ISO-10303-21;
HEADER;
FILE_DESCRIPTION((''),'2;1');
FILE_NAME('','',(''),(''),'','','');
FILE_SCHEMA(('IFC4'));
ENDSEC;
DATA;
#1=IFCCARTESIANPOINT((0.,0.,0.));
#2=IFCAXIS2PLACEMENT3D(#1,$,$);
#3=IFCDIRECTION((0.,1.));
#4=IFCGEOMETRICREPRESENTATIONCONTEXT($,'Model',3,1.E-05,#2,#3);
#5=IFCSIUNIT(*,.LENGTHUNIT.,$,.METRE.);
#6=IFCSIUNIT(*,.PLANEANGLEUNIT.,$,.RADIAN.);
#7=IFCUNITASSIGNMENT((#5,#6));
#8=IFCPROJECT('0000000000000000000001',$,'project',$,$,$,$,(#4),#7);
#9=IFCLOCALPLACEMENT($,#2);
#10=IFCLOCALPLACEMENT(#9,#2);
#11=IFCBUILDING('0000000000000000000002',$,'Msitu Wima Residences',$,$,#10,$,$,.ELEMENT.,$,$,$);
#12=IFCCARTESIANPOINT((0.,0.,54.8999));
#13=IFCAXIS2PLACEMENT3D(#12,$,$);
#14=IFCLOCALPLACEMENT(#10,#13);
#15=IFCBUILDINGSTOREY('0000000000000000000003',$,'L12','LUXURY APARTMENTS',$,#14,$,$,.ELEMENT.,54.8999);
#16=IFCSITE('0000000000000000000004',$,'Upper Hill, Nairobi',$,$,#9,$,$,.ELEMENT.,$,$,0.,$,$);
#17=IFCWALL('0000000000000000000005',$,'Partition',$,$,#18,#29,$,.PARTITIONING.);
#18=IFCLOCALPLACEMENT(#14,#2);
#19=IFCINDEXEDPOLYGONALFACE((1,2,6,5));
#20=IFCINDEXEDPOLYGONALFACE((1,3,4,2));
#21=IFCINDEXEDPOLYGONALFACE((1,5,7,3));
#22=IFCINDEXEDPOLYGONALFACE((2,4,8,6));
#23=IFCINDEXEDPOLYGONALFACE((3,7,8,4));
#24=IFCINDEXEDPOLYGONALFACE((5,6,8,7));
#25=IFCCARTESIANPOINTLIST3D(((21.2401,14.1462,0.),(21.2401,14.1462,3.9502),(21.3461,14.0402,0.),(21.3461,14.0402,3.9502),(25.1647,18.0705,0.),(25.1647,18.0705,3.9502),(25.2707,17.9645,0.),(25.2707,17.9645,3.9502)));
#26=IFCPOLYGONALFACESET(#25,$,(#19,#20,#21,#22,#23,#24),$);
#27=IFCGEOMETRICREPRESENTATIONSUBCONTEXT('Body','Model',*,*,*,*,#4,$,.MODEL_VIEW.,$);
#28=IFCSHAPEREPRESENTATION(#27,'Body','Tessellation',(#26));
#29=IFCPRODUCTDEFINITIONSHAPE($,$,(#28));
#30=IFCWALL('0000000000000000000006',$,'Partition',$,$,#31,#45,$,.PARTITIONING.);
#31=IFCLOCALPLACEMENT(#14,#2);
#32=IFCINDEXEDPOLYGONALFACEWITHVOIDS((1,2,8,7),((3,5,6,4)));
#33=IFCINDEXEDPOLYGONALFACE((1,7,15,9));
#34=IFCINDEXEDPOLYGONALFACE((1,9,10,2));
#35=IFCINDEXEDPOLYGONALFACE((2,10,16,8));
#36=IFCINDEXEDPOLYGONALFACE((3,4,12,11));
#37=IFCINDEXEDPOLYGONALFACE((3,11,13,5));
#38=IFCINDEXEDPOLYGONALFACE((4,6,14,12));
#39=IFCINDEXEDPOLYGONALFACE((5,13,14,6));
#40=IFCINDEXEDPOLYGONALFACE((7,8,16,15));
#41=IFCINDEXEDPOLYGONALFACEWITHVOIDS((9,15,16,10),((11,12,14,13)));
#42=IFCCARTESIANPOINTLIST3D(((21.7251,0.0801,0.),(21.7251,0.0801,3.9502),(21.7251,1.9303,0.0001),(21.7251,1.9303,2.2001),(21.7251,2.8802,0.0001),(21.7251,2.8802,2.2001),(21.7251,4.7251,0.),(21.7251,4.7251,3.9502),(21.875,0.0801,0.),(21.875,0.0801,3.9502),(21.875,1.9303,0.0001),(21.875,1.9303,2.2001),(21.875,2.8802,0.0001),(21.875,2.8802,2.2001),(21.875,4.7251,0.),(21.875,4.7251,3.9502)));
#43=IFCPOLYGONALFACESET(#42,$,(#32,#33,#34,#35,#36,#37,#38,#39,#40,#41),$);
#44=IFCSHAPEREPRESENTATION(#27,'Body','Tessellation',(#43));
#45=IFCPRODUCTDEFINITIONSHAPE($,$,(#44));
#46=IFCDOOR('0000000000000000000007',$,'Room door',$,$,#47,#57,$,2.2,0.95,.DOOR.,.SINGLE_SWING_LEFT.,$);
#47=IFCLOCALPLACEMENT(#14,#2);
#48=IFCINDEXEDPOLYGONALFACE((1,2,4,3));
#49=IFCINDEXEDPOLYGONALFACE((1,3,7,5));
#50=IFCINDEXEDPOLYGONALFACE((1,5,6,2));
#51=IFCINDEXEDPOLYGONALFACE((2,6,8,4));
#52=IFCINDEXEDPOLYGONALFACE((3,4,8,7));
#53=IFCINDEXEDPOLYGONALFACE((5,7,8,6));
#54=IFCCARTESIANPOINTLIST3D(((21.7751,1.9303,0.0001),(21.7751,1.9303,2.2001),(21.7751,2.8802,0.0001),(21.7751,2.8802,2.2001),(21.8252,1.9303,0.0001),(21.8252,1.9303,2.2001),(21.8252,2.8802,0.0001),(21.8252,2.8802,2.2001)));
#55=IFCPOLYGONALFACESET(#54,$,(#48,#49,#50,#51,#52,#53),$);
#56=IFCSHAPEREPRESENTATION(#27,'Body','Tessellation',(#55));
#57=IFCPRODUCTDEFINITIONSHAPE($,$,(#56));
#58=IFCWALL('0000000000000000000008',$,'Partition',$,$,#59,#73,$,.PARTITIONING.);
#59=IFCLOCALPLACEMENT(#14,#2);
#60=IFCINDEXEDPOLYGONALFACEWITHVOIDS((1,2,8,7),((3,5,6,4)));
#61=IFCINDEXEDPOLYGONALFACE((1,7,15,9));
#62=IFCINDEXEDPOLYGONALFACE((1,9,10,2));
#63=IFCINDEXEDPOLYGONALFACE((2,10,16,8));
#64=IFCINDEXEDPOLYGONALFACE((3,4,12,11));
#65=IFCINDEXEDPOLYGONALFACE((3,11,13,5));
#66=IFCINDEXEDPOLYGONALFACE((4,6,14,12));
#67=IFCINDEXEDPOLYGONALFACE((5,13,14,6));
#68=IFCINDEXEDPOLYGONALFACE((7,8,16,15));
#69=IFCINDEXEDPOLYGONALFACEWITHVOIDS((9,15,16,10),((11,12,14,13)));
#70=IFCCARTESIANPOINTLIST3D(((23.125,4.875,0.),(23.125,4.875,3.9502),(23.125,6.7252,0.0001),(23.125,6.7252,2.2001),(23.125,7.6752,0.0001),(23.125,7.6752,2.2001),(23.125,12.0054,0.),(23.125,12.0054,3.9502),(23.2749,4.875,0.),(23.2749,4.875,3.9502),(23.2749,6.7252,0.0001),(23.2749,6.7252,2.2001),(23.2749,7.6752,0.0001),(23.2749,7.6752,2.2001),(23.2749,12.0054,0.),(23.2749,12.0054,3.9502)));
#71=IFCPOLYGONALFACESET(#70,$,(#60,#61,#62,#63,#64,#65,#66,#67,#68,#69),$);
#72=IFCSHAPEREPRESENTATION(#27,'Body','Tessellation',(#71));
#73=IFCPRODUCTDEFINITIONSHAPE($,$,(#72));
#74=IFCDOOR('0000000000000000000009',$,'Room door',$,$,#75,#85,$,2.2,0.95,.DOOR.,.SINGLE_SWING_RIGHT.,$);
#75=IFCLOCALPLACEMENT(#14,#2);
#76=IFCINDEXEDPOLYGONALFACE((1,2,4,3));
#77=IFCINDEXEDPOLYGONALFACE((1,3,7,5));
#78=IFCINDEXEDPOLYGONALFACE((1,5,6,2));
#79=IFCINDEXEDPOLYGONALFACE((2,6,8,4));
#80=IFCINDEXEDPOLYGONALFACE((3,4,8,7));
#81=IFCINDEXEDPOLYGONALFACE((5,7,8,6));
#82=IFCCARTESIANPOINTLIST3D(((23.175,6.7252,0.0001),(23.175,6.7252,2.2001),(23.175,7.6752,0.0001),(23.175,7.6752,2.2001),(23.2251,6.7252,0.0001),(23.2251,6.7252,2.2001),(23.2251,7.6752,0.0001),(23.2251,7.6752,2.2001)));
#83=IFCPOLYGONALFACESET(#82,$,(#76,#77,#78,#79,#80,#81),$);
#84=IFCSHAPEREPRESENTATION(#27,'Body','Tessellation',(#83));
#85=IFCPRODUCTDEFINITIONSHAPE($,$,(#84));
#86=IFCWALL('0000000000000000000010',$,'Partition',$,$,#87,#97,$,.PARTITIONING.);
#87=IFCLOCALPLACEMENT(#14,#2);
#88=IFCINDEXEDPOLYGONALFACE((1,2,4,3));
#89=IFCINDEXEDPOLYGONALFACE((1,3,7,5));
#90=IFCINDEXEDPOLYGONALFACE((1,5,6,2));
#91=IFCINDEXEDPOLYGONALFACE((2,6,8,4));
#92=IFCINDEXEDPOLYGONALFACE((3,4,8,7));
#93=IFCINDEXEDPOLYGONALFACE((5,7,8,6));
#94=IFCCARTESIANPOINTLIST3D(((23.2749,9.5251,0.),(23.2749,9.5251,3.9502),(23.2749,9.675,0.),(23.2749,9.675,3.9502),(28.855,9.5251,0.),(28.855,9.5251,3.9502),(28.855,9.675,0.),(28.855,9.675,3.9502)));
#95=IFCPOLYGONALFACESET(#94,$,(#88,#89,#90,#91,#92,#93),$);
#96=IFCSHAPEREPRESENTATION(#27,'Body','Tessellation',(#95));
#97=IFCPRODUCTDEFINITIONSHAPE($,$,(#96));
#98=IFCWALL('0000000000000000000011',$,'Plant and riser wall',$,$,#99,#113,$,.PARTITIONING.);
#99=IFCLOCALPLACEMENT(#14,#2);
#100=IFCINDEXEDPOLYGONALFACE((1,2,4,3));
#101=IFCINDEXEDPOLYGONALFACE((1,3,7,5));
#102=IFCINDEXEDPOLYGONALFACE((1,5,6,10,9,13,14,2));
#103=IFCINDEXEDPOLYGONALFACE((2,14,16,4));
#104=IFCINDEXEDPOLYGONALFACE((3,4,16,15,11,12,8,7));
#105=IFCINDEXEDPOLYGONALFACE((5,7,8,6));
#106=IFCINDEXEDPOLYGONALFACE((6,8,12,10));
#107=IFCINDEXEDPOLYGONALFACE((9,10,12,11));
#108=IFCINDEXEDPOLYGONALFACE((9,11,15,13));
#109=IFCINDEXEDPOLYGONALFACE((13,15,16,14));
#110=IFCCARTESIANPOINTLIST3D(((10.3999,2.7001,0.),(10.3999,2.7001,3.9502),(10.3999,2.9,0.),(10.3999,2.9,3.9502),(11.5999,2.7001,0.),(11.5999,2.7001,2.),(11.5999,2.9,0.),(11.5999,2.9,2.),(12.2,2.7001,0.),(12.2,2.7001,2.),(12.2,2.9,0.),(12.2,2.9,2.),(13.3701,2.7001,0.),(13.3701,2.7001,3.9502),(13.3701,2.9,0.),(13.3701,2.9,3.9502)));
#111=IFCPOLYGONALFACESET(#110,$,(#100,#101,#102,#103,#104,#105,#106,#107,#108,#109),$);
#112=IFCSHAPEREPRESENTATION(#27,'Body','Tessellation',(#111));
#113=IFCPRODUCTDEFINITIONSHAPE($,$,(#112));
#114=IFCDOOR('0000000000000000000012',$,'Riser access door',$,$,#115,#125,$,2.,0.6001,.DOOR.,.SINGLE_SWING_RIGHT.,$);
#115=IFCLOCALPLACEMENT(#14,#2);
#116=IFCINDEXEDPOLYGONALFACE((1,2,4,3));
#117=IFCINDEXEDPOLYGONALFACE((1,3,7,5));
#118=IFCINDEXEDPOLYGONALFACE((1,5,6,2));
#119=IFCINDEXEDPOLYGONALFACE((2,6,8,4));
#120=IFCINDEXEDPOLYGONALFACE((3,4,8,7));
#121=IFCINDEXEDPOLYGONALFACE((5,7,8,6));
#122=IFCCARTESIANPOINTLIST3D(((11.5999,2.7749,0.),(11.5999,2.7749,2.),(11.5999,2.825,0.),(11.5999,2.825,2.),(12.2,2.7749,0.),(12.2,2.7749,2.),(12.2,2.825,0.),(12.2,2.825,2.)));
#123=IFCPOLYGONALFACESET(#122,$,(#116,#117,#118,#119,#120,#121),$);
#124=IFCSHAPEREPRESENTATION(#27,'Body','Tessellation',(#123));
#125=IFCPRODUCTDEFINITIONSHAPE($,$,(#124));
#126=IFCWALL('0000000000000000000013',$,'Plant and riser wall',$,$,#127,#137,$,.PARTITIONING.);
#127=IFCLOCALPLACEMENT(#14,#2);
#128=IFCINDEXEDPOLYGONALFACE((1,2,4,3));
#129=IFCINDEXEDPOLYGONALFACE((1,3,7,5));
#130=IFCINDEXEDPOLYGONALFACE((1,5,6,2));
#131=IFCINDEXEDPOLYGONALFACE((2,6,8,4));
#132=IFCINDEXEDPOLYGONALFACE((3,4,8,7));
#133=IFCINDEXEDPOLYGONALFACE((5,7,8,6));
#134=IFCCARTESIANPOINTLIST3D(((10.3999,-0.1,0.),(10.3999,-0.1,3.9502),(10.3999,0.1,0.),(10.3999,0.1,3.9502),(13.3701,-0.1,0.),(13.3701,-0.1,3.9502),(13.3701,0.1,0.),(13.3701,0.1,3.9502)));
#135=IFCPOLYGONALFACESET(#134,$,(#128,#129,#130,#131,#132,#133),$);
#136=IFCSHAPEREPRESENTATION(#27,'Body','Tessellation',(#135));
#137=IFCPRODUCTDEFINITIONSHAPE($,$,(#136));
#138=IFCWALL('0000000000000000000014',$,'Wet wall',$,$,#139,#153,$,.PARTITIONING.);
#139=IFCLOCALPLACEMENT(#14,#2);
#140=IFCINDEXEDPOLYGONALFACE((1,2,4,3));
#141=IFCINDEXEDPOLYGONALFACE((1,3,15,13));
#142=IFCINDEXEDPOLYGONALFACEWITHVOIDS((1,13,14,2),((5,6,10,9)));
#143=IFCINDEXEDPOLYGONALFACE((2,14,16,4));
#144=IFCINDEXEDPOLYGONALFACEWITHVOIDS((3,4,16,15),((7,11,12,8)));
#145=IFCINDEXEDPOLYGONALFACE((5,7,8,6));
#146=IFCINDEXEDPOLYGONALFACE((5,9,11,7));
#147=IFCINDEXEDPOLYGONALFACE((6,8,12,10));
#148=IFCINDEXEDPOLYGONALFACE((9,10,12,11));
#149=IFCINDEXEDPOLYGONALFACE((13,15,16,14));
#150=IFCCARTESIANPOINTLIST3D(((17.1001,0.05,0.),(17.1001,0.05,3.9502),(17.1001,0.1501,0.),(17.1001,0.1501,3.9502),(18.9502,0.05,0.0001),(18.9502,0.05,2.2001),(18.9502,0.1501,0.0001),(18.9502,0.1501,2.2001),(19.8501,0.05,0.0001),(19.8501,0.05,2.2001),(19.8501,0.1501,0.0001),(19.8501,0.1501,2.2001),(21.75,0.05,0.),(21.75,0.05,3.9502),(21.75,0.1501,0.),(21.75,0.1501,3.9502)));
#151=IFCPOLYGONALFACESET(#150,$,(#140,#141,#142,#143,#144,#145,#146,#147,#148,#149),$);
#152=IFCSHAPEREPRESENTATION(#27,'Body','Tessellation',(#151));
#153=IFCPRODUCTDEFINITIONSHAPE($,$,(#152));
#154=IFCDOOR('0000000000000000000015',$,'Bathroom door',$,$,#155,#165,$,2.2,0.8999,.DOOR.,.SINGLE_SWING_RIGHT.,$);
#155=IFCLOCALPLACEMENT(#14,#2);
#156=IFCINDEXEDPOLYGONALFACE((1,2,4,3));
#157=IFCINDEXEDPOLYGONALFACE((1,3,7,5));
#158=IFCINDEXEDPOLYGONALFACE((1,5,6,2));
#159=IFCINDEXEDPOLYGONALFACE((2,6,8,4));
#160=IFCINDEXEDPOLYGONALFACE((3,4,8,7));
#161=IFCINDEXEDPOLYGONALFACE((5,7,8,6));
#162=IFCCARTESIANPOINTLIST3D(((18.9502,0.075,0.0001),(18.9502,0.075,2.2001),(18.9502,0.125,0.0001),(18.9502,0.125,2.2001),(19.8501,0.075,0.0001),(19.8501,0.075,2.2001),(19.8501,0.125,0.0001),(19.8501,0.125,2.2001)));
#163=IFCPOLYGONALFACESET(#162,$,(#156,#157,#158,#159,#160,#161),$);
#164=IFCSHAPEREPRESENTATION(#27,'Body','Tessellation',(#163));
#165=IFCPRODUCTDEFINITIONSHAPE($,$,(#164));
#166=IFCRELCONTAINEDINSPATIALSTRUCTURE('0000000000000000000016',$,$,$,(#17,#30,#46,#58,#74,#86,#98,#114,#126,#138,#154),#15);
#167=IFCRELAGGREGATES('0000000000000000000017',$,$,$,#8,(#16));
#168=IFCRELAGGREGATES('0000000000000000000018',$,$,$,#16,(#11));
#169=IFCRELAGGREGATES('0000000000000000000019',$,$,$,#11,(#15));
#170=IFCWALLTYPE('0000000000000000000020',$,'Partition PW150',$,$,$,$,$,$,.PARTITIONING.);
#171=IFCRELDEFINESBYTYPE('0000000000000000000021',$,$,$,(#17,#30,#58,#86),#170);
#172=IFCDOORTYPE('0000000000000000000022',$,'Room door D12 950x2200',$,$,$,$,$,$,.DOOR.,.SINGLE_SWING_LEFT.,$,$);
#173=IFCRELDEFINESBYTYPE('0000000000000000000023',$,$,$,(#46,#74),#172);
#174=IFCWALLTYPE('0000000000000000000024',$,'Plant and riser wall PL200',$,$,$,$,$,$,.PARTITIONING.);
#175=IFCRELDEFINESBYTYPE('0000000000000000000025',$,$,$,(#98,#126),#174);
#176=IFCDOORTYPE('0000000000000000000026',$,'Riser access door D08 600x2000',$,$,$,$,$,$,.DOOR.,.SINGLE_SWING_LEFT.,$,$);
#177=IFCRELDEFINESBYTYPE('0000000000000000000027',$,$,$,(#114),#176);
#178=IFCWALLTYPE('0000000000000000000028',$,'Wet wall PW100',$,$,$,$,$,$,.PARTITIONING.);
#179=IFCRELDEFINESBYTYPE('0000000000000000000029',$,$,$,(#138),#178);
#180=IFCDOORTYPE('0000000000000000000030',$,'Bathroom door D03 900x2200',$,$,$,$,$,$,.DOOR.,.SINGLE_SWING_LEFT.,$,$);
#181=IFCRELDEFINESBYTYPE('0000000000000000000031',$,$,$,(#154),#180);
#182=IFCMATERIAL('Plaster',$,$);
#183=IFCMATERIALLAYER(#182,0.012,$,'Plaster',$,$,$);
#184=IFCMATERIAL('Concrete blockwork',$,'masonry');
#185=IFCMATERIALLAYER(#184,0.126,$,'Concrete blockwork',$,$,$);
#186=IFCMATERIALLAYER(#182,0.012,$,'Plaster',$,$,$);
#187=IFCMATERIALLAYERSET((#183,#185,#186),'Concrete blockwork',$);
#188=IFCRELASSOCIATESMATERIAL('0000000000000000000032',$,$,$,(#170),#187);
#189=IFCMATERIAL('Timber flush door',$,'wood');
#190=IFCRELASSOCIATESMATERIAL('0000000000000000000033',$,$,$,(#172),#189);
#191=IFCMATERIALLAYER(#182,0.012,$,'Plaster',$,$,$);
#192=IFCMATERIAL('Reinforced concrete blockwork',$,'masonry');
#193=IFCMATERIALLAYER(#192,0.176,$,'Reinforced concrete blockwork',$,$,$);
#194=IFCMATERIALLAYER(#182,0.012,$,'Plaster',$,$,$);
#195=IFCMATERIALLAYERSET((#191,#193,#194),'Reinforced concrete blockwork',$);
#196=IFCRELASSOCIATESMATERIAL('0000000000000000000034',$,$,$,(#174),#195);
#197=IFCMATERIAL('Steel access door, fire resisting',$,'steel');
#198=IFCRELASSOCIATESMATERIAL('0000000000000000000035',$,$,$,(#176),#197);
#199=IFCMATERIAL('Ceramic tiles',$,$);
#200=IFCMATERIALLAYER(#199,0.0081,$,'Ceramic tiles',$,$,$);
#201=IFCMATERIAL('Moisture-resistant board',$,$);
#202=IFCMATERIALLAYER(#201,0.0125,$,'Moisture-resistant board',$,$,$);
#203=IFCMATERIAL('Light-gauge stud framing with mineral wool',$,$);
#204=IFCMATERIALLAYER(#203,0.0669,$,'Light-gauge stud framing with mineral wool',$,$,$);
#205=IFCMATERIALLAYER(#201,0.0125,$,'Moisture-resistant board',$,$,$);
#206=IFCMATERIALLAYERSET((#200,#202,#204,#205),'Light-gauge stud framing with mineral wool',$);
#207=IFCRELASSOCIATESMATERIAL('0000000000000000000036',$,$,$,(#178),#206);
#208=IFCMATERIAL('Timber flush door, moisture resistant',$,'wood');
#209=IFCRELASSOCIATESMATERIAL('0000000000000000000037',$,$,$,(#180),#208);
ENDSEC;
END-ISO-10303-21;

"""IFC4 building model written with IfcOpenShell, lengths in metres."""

from ifc_helpers import new_model, si_unit, direction, frame, frame_2d, origin, place, context, subcontext, project, spatial, rectangle, extrude, material, layer, layer_set, type_object, element, fill, save


model = new_model("IFC4")

# Units and contexts
model_context = context("Model", 3, precision=1e-05, world=origin(), true_north=direction((0.0, 1.0)))
body_context = subcontext(model_context, "Body", "Model", "MODEL_VIEW")
ifc_project = project(units=[si_unit("LENGTHUNIT", "METRE"), si_unit("PLANEANGLEUNIT", "RADIAN")], contexts=[model_context])

# Site, building, storey
site_placement = place(None, origin())
site = spatial("IfcSite", under=ifc_project, at=site_placement, Name="Upper Hill, Nairobi", CompositionType="ELEMENT", RefElevation=0.0)
building_placement = place(site_placement, origin())
building = spatial("IfcBuilding", under=site, at=building_placement, Name="Msitu Wima Residences", CompositionType="ELEMENT")
storey_placement = place(building_placement, frame((0.0, 0.0, 54.8999)))
storey = spatial("IfcBuildingStorey", under=building, at=storey_placement, Name="L12", Description="LUXURY APARTMENTS", CompositionType="ELEMENT", Elevation=54.8999)

# Shared definitions
ifc_material_1 = material(Name="Plaster")
ifc_layer_1 = layer(ifc_material_1, 0.012, Name="Plaster")
ifc_material_2 = material(Name="Concrete blockwork", Category="masonry")
ifc_layer_2 = layer(ifc_material_2, 0.126, Name="Concrete blockwork")
ifc_layer_3 = layer(ifc_material_1, 0.012, Name="Plaster")
ifc_layer_set_1 = layer_set([ifc_layer_1, ifc_layer_2, ifc_layer_3], Name="Concrete blockwork")
wall_type_1 = type_object("IfcWallType", Name="Partition PW150", PredefinedType="PARTITIONING", material=ifc_layer_set_1)
ifc_material_3 = material(Name="Timber flush door", Category="wood")
door_type_1 = type_object("IfcDoorType", Name="Room door D12 950x2200", OperationType="SINGLE_SWING_LEFT", PredefinedType="DOOR", material=ifc_material_3)

# Wall
wall_1_placement = place(storey_placement, frame((21.2932, 14.0933, 0.0), z_axis=(0.0, 0.0, 1.0), x_axis=(0.707129, 0.707085, 0.0)))
element("IfcWall", 1, at=wall_1_placement, inside=storey, type_object=wall_type_1, Name="Partition", PredefinedType="PARTITIONING", context=body_context, shape_type="SweptSolid", body=[
    extrude(rectangle(XDim=5.55, YDim=0.1499, at=frame_2d((2.7749, 0.0))), origin(), (0.0, 0.0, 1.0), 3.9502),
])

# Walls, openings, doors
wall_2_placement = place(storey_placement, frame((21.8, 0.0801, 0.0), z_axis=(0.0, 0.0, 1.0), x_axis=(0.0, 1.0, 0.0)))
wall_2 = element("IfcWall", 2, at=wall_2_placement, inside=storey, type_object=wall_type_1, Name="Partition", PredefinedType="PARTITIONING", context=body_context, shape_type="SweptSolid", body=[
    extrude(rectangle(XDim=4.645, YDim=0.1499, at=frame_2d((2.3225, 0.0))), origin(), (0.0, 0.0, 1.0), 3.9502),
])
opening_1_placement = place(wall_2_placement, frame((1.8501, 0.0, 0.0)))
opening_1 = element("IfcOpeningElement", 3, at=opening_1_placement, cuts=wall_2, PredefinedType="OPENING", context=body_context, shape_type="SweptSolid", body=[
    extrude(rectangle(XDim=0.95, YDim=2.2, at=frame_2d((0.4751, 1.1001))), frame((0.0, 0.085, 0.0), z_axis=(0.0, -1.0, 0.0), x_axis=(1.0, 0.0, 0.0)), (0.0, 0.0, 1.0), 0.1699),
])
door_1_placement = place(opening_1_placement, origin())
door_1 = element("IfcDoor", 4, at=door_1_placement, inside=storey, type_object=door_type_1, Name="Room door", OperationType="SINGLE_SWING_LEFT", OverallHeight=2.2, OverallWidth=0.95, PredefinedType="DOOR", context=body_context, shape_type="SweptSolid", body=[
    extrude(rectangle(XDim=0.95, YDim=2.2, at=frame_2d((0.4751, 1.1001))), frame((0.0, 0.0249, 0.0), z_axis=(0.0, -1.0, 0.0), x_axis=(1.0, 0.0, 0.0)), (0.0, 0.0, 1.0), 0.05),
])
fill(opening_1, door_1)
wall_3_placement = place(storey_placement, frame((23.2, 4.875, 0.0), z_axis=(0.0, 0.0, 1.0), x_axis=(0.0, 1.0, 0.0)))
wall_3 = element("IfcWall", 5, at=wall_3_placement, inside=storey, type_object=wall_type_1, Name="Partition", PredefinedType="PARTITIONING", context=body_context, shape_type="SweptSolid", body=[
    extrude(rectangle(XDim=7.1304, YDim=0.1499, at=frame_2d((3.5652, 0.0))), origin(), (0.0, 0.0, 1.0), 3.9502),
])
opening_2_placement = place(wall_3_placement, frame((1.8501, 0.0, 0.0)))
opening_2 = element("IfcOpeningElement", 6, at=opening_2_placement, cuts=wall_3, PredefinedType="OPENING", context=body_context, shape_type="SweptSolid", body=[
    extrude(rectangle(XDim=0.95, YDim=2.2, at=frame_2d((0.4751, 1.1001))), frame((0.0, 0.085, 0.0), z_axis=(0.0, -1.0, 0.0), x_axis=(1.0, 0.0, 0.0)), (0.0, 0.0, 1.0), 0.1699),
])
door_2_placement = place(opening_2_placement, origin())
door_2 = element("IfcDoor", 7, at=door_2_placement, inside=storey, type_object=door_type_1, Name="Room door", OperationType="SINGLE_SWING_RIGHT", OverallHeight=2.2, OverallWidth=0.95, PredefinedType="DOOR", context=body_context, shape_type="SweptSolid", body=[
    extrude(rectangle(XDim=0.95, YDim=2.2, at=frame_2d((0.4751, 1.1001))), frame((0.0, 0.0249, 0.0), z_axis=(0.0, -1.0, 0.0), x_axis=(1.0, 0.0, 0.0)), (0.0, 0.0, 1.0), 0.05),
])
fill(opening_2, door_2)

# Wall
wall_4_placement = place(storey_placement, frame((23.2749, 9.6001, 0.0), z_axis=(0.0, 0.0, 1.0), x_axis=(1.0, 0.0, 0.0)))
element("IfcWall", 8, at=wall_4_placement, inside=storey, type_object=wall_type_1, Name="Partition", PredefinedType="PARTITIONING", context=body_context, shape_type="SweptSolid", body=[
    extrude(rectangle(XDim=5.5801, YDim=0.1499, at=frame_2d((2.79, 0.0))), origin(), (0.0, 0.0, 1.0), 3.9502),
])

# Wall, opening, door
ifc_layer_4 = layer(ifc_material_1, 0.012, Name="Plaster")
ifc_material_4 = material(Name="Reinforced concrete blockwork", Category="masonry")
ifc_layer_5 = layer(ifc_material_4, 0.176, Name="Reinforced concrete blockwork")
ifc_layer_6 = layer(ifc_material_1, 0.012, Name="Plaster")
ifc_layer_set_2 = layer_set([ifc_layer_4, ifc_layer_5, ifc_layer_6], Name="Reinforced concrete blockwork")
wall_type_2 = type_object("IfcWallType", Name="Plant and riser wall PL200", PredefinedType="PARTITIONING", material=ifc_layer_set_2)
wall_5_placement = place(storey_placement, frame((10.3999, 2.8, 0.0), z_axis=(0.0, 0.0, 1.0), x_axis=(1.0, 0.0, 0.0)))
wall_5 = element("IfcWall", 9, at=wall_5_placement, inside=storey, type_object=wall_type_2, Name="Plant and riser wall", PredefinedType="PARTITIONING", context=body_context, shape_type="SweptSolid", body=[
    extrude(rectangle(XDim=2.9702, YDim=0.2, at=frame_2d((1.4851, 0.0))), origin(), (0.0, 0.0, 1.0), 3.9502),
])
opening_3_placement = place(wall_5_placement, frame((1.2, 0.0, 0.0)))
opening_3 = element("IfcOpeningElement", 10, at=opening_3_placement, cuts=wall_5, PredefinedType="OPENING", context=body_context, shape_type="SweptSolid", body=[
    extrude(rectangle(XDim=0.6001, YDim=2.0, at=frame_2d((0.3, 1.0))), frame((0.0, 0.1099, 0.0), z_axis=(0.0, -1.0, 0.0), x_axis=(1.0, 0.0, 0.0)), (0.0, 0.0, 1.0), 0.22),
])
ifc_material_5 = material(Name="Steel access door, fire resisting", Category="steel")
door_type_2 = type_object("IfcDoorType", Name="Riser access door D08 600x2000", OperationType="SINGLE_SWING_LEFT", PredefinedType="DOOR", material=ifc_material_5)
door_3_placement = place(opening_3_placement, origin())
door_3 = element("IfcDoor", 11, at=door_3_placement, inside=storey, type_object=door_type_2, Name="Riser access door", OperationType="SINGLE_SWING_RIGHT", OverallHeight=2.0, OverallWidth=0.6001, PredefinedType="DOOR", context=body_context, shape_type="SweptSolid", body=[
    extrude(rectangle(XDim=0.6001, YDim=2.0, at=frame_2d((0.3, 1.0))), frame((0.0, 0.0249, 0.0), z_axis=(0.0, -1.0, 0.0), x_axis=(1.0, 0.0, 0.0)), (0.0, 0.0, 1.0), 0.05),
])
fill(opening_3, door_3)

# Wall
wall_6_placement = place(storey_placement, frame((10.3999, 0.0, 0.0), z_axis=(0.0, 0.0, 1.0), x_axis=(1.0, 0.0, 0.0)))
element("IfcWall", 12, at=wall_6_placement, inside=storey, type_object=wall_type_2, Name="Plant and riser wall", PredefinedType="PARTITIONING", context=body_context, shape_type="SweptSolid", body=[
    extrude(rectangle(XDim=2.9702, YDim=0.2, at=frame_2d((1.4851, 0.0))), origin(), (0.0, 0.0, 1.0), 3.9502),
])

# Wall, opening, door
ifc_material_6 = material(Name="Ceramic tiles")
ifc_layer_7 = layer(ifc_material_6, 0.0081, Name="Ceramic tiles")
ifc_material_7 = material(Name="Moisture-resistant board")
ifc_layer_8 = layer(ifc_material_7, 0.0125, Name="Moisture-resistant board")
ifc_material_8 = material(Name="Light-gauge stud framing with mineral wool")
ifc_layer_9 = layer(ifc_material_8, 0.0669, Name="Light-gauge stud framing with mineral wool")
ifc_layer_10 = layer(ifc_material_7, 0.0125, Name="Moisture-resistant board")
ifc_layer_set_3 = layer_set([ifc_layer_7, ifc_layer_8, ifc_layer_9, ifc_layer_10], Name="Light-gauge stud framing with mineral wool")
wall_type_3 = type_object("IfcWallType", Name="Wet wall PW100", PredefinedType="PARTITIONING", material=ifc_layer_set_3)
wall_7_placement = place(storey_placement, frame((17.1001, 0.1001, 0.0), z_axis=(0.0, 0.0, 1.0), x_axis=(1.0, 0.0, 0.0)))
wall_7 = element("IfcWall", 13, at=wall_7_placement, inside=storey, type_object=wall_type_3, Name="Wet wall", PredefinedType="PARTITIONING", context=body_context, shape_type="SweptSolid", body=[
    extrude(rectangle(XDim=4.6499, YDim=0.1001, at=frame_2d((2.325, 0.0))), origin(), (0.0, 0.0, 1.0), 3.9502),
])
opening_4_placement = place(wall_7_placement, frame((1.8501, 0.0, 0.0)))
opening_4 = element("IfcOpeningElement", 14, at=opening_4_placement, cuts=wall_7, PredefinedType="OPENING", context=body_context, shape_type="SweptSolid", body=[
    extrude(rectangle(XDim=0.8999, YDim=2.2, at=frame_2d((0.45, 1.1001))), frame((0.0, 0.0601, 0.0), z_axis=(0.0, -1.0, 0.0), x_axis=(1.0, 0.0, 0.0)), (0.0, 0.0, 1.0), 0.1201),
])
ifc_material_9 = material(Name="Timber flush door, moisture resistant", Category="wood")
door_type_3 = type_object("IfcDoorType", Name="Bathroom door D03 900x2200", OperationType="SINGLE_SWING_LEFT", PredefinedType="DOOR", material=ifc_material_9)
door_4_placement = place(opening_4_placement, origin())
door_4 = element("IfcDoor", 15, at=door_4_placement, inside=storey, type_object=door_type_3, Name="Bathroom door", OperationType="SINGLE_SWING_RIGHT", OverallHeight=2.2, OverallWidth=0.8999, PredefinedType="DOOR", context=body_context, shape_type="SweptSolid", body=[
    extrude(rectangle(XDim=0.8999, YDim=2.2, at=frame_2d((0.45, 1.1001))), frame((0.0, 0.0249, 0.0), z_axis=(0.0, -1.0, 0.0), x_axis=(1.0, 0.0, 0.0)), (0.0, 0.0, 1.0), 0.05),
])
fill(opening_4, door_4)

save(model, "model.ifc")
